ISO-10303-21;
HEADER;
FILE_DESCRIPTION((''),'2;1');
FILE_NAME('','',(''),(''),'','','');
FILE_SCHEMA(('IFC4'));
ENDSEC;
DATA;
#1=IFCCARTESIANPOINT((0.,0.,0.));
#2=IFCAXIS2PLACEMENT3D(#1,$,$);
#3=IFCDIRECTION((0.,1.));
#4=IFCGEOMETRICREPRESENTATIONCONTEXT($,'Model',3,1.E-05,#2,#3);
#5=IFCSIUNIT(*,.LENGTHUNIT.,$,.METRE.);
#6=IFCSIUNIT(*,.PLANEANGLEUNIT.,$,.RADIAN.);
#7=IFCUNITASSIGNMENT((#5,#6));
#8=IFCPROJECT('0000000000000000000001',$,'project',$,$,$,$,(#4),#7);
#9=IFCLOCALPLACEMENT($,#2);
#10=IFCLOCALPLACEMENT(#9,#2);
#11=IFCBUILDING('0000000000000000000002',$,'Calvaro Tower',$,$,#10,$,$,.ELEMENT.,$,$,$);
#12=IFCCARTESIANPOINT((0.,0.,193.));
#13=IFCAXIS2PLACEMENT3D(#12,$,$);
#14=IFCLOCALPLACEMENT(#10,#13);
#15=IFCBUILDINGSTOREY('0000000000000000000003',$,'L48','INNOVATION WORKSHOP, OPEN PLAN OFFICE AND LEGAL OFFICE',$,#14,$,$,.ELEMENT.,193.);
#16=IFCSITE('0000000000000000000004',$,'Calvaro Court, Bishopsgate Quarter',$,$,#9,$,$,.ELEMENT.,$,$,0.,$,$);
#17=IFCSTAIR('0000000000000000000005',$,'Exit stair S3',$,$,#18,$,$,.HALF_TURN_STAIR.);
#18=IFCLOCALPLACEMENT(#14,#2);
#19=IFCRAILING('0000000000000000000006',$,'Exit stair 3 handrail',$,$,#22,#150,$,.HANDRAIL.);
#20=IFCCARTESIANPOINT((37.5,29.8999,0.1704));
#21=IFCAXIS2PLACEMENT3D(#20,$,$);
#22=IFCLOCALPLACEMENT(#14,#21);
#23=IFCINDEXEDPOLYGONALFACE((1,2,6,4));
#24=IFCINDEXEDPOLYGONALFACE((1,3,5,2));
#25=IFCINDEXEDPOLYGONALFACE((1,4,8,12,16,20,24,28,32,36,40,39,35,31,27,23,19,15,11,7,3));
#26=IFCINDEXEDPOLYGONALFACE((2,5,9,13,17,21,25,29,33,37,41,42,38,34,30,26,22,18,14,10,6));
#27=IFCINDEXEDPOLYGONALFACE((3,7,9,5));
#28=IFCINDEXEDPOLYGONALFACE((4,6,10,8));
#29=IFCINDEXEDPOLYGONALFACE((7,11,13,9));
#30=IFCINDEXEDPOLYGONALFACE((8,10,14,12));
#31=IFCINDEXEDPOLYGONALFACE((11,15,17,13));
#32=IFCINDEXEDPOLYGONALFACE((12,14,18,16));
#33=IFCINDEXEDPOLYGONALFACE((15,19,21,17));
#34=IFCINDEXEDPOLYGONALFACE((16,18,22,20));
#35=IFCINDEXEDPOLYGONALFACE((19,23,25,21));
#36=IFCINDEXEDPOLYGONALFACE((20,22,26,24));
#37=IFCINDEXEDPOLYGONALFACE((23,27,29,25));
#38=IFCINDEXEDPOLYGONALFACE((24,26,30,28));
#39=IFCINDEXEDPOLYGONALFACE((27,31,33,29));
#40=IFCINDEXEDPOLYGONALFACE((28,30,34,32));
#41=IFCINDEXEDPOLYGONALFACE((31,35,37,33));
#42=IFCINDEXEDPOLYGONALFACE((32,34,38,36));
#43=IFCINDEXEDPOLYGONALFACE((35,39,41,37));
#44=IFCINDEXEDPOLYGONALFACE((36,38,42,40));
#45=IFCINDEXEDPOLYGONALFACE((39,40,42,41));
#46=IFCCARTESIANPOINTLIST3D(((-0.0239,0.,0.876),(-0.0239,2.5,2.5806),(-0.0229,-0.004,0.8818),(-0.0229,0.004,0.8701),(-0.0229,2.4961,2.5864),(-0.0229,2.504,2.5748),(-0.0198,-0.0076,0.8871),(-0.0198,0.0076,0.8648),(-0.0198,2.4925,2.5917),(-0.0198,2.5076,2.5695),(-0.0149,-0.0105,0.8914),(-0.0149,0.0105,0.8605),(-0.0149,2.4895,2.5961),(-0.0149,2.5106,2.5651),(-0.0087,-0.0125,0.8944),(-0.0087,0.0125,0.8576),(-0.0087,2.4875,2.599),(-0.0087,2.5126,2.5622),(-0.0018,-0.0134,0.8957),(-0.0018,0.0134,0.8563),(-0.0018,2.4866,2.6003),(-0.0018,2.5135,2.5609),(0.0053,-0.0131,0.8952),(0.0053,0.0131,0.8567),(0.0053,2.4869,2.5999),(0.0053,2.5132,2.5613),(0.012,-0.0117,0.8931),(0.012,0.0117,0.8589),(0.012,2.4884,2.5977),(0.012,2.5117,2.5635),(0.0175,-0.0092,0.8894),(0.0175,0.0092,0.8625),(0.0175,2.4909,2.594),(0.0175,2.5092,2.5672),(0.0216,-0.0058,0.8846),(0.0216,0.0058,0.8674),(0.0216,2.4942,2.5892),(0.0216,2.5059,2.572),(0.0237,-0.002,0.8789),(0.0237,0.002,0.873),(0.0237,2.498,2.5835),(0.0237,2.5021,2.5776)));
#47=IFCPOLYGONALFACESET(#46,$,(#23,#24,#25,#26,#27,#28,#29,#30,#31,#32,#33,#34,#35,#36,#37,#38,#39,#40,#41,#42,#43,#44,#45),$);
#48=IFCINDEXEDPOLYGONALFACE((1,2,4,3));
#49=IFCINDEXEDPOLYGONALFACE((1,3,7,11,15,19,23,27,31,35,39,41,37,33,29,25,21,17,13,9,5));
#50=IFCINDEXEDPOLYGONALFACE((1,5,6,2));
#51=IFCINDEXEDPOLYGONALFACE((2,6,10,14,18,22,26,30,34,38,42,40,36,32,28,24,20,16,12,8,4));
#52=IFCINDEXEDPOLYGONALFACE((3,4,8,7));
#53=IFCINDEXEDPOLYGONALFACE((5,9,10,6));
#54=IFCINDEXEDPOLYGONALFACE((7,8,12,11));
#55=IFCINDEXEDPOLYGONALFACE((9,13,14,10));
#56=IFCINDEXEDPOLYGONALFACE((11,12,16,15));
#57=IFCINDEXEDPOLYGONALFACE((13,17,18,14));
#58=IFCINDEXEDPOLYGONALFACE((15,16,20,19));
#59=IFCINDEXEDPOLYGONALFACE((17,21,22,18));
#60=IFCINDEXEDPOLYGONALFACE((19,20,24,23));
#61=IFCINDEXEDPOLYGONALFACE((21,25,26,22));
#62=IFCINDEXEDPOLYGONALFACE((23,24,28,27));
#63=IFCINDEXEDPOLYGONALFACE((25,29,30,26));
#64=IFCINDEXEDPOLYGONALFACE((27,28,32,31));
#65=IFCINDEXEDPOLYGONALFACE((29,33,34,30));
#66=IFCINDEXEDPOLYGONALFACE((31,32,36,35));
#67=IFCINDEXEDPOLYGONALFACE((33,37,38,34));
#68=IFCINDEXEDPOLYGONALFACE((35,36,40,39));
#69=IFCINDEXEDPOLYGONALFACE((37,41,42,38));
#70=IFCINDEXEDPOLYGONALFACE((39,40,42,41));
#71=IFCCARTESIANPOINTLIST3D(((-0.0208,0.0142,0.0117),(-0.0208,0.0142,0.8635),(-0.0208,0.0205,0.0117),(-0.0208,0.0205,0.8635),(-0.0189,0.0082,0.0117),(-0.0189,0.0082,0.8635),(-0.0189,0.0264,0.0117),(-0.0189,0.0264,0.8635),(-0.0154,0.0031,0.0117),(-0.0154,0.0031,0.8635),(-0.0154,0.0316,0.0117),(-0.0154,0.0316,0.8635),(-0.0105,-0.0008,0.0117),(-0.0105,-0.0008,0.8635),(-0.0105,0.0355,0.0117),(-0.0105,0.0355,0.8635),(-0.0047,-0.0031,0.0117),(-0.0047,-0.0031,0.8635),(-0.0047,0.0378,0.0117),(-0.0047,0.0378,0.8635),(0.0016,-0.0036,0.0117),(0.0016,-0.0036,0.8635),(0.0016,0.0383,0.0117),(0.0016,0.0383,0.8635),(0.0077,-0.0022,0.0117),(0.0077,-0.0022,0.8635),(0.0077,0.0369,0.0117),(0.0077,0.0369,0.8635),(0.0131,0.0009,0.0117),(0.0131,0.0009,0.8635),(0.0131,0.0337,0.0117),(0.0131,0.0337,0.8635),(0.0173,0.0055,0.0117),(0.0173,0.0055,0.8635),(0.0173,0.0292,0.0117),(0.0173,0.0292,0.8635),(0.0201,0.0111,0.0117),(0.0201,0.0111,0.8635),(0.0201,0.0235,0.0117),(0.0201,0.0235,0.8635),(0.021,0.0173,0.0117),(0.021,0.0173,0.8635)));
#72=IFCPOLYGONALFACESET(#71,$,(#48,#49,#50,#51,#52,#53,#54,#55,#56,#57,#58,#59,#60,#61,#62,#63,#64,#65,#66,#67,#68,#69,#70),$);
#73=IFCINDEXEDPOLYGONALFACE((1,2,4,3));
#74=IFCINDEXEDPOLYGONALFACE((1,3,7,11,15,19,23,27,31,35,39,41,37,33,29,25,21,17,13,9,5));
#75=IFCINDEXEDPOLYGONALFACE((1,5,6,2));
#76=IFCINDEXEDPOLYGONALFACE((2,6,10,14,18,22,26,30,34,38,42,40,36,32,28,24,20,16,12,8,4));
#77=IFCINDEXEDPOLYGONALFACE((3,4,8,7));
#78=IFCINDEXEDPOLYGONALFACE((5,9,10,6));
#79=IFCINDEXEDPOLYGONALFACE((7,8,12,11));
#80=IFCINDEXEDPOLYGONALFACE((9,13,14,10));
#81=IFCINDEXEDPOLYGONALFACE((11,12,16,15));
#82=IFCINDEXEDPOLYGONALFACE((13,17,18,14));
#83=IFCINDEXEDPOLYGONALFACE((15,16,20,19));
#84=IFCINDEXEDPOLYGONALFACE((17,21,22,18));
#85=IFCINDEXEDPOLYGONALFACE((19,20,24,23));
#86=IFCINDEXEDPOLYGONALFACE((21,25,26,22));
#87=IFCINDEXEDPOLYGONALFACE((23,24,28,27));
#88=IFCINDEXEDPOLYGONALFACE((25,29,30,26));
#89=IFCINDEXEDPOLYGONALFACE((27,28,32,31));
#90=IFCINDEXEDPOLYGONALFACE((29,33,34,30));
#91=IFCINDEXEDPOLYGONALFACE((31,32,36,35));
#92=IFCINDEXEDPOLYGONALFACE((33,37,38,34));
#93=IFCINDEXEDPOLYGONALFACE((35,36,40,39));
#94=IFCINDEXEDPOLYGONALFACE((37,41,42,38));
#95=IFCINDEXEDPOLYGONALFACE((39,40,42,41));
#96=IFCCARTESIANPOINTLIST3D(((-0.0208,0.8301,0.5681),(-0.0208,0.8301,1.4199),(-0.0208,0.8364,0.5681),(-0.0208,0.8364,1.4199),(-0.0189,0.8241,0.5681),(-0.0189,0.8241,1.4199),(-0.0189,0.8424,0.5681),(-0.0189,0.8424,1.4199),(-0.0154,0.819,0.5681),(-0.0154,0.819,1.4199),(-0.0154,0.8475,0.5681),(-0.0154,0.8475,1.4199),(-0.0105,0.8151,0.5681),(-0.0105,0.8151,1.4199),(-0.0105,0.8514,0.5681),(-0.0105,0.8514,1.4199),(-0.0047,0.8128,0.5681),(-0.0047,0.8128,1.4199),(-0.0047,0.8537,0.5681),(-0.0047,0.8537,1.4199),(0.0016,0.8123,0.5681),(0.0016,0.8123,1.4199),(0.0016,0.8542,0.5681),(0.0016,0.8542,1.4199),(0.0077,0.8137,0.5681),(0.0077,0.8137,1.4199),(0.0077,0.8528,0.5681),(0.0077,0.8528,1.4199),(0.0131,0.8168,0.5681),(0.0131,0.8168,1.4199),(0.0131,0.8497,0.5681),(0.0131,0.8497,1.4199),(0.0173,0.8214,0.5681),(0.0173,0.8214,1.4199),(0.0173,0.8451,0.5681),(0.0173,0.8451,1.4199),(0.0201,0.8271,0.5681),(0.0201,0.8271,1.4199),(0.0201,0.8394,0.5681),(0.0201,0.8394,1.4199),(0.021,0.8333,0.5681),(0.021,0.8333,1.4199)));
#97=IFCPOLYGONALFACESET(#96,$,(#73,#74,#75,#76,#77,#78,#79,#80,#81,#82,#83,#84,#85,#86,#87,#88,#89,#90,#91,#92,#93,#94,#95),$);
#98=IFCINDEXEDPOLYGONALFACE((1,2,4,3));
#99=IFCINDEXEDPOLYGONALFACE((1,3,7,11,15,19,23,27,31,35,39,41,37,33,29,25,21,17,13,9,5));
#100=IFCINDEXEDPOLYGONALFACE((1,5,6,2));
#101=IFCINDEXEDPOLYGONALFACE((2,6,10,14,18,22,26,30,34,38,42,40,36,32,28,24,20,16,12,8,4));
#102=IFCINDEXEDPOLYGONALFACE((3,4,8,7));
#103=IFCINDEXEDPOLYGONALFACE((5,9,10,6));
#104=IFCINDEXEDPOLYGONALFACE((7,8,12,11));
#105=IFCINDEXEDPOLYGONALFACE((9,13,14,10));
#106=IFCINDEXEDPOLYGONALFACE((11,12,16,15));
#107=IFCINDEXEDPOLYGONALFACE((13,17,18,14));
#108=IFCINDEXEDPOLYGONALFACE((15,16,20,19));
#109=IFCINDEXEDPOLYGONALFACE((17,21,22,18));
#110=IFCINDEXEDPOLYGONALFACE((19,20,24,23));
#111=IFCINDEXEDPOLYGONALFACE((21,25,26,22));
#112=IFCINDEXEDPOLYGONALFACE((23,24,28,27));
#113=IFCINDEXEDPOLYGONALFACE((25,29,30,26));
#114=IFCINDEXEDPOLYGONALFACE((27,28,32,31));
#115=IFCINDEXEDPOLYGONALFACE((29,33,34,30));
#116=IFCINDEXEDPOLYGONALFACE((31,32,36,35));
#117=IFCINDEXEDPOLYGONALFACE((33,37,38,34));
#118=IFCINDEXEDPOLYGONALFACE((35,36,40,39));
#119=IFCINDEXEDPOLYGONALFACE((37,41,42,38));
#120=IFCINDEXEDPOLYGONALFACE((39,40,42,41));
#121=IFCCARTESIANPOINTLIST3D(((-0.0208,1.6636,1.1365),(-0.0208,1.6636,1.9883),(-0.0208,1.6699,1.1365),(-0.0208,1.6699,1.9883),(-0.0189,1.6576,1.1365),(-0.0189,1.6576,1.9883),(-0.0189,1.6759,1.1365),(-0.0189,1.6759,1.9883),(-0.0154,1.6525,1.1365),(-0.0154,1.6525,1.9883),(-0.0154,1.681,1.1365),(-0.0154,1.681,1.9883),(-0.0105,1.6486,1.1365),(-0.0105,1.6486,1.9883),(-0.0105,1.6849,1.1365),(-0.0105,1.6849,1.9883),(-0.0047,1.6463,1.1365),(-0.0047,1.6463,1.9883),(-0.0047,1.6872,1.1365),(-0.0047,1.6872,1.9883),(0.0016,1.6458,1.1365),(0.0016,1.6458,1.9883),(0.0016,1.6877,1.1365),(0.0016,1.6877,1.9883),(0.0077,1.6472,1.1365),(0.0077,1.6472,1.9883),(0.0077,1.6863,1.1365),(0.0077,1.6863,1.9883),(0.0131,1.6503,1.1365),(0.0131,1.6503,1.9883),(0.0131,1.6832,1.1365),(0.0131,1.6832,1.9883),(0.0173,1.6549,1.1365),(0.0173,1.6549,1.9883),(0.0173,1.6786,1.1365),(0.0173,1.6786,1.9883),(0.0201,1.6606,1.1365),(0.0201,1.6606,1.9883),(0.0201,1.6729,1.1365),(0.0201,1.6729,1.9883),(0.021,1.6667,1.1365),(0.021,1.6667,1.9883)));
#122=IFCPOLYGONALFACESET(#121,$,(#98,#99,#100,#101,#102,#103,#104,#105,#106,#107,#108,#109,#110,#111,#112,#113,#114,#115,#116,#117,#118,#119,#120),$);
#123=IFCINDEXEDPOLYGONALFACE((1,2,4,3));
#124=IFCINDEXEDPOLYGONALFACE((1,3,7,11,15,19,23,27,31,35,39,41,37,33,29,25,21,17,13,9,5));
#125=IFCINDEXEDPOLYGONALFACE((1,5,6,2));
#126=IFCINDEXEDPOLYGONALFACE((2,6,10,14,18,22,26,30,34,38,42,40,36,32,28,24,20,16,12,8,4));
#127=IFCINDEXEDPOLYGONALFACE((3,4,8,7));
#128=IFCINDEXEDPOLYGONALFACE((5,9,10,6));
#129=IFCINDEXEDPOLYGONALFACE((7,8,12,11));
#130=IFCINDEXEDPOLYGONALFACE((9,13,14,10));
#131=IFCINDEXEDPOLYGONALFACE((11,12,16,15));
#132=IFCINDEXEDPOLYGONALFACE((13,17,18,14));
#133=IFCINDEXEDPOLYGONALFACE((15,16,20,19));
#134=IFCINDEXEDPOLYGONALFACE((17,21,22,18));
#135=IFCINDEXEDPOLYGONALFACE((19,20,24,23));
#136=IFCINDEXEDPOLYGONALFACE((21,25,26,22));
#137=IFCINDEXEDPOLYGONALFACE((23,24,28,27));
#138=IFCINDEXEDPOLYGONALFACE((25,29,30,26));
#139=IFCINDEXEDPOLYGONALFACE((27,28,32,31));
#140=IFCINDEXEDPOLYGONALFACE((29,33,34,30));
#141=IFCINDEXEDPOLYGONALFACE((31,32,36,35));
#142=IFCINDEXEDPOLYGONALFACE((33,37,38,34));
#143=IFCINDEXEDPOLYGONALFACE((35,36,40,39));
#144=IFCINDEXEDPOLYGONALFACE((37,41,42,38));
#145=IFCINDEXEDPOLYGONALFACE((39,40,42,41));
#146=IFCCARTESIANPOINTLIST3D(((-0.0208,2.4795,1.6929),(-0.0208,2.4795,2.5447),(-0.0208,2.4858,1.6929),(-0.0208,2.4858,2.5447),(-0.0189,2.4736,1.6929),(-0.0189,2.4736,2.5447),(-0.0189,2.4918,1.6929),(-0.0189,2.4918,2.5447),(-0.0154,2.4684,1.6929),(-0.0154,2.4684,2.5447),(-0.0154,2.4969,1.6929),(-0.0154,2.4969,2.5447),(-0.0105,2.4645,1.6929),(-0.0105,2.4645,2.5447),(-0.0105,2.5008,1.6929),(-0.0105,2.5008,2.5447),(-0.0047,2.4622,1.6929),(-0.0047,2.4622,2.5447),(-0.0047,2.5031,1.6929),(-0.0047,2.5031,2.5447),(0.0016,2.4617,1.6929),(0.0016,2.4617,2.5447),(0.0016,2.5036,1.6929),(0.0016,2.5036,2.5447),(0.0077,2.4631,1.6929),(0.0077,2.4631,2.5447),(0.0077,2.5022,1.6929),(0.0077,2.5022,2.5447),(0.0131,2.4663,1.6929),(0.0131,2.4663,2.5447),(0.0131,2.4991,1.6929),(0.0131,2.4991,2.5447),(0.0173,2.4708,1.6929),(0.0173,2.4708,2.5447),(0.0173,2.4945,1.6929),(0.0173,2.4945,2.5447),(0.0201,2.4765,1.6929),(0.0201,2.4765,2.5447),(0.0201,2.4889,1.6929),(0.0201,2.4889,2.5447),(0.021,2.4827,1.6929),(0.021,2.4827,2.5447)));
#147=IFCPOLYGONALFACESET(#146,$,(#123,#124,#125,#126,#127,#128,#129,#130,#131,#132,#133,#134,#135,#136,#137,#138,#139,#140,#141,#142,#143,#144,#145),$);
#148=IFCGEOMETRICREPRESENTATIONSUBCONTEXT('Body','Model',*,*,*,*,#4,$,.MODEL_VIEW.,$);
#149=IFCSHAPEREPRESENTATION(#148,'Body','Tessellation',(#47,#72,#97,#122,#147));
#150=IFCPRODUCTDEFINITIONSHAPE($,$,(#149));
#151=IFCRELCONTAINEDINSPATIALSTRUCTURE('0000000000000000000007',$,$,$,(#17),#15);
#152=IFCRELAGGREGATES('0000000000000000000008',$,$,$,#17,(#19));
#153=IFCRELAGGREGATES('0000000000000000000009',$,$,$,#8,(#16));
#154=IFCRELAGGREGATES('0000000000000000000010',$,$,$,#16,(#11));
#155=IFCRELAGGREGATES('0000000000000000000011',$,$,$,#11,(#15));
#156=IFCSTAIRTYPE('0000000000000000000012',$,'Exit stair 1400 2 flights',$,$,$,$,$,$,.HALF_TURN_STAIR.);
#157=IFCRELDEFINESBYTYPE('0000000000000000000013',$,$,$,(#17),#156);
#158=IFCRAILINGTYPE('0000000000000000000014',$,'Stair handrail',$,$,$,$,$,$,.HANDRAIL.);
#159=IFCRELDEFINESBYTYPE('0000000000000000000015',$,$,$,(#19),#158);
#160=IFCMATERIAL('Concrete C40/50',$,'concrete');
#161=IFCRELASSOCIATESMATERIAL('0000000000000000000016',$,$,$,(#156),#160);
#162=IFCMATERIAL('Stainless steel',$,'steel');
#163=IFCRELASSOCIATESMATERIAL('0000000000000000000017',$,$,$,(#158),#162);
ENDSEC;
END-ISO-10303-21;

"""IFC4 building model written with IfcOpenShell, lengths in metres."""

from ifc_helpers import new_model, si_unit, direction, frame, origin, origin_2d, place, context, subcontext, project, spatial, circle, extrude, material, type_object, element, aggregate, save


model = new_model("IFC4")

# Units and contexts
model_context = context("Model", 3, precision=1e-05, world=origin(), true_north=direction((0.0, 1.0)))
body_context = subcontext(model_context, "Body", "Model", "MODEL_VIEW")
ifc_project = project(units=[si_unit("LENGTHUNIT", "METRE"), si_unit("PLANEANGLEUNIT", "RADIAN")], contexts=[model_context])

# Site, building, storey
site_placement = place(None, origin())
site = spatial("IfcSite", under=ifc_project, at=site_placement, Name="Calvaro Court, Bishopsgate Quarter", CompositionType="ELEMENT", RefElevation=0.0)
building_placement = place(site_placement, origin())
building = spatial("IfcBuilding", under=site, at=building_placement, Name="Calvaro Tower", CompositionType="ELEMENT")
storey_placement = place(building_placement, frame((0.0, 0.0, 193.0)))
storey = spatial("IfcBuildingStorey", under=building, at=storey_placement, Name="L48", Description="INNOVATION WORKSHOP, OPEN PLAN OFFICE AND LEGAL OFFICE", CompositionType="ELEMENT", Elevation=193.0)

# Stair, railing
ifc_material_1 = material(Name="Concrete C40/50", Category="concrete")
stair_type = type_object("IfcStairType", Name="Exit stair 1400 2 flights", PredefinedType="HALF_TURN_STAIR", material=ifc_material_1)
stair_placement = place(storey_placement, origin())
stair = element("IfcStair", 1, at=stair_placement, inside=storey, type_object=stair_type, Name="Exit stair S3", PredefinedType="HALF_TURN_STAIR")
ifc_material_2 = material(Name="Stainless steel", Category="steel")
railing_type = type_object("IfcRailingType", Name="Stair handrail", PredefinedType="HANDRAIL", material=ifc_material_2)
railing_1_placement = place(storey_placement, frame((37.5, 29.8999, 0.1704)))
railing_1 = element("IfcRailing", 2, at=railing_1_placement, type_object=railing_type, Name="Exit stair 3 handrail", PredefinedType="HANDRAIL", context=body_context, shape_type="SweptSolid", body=[
    extrude(circle(Radius=0.0239, at=origin_2d()), frame((0.0, 0.0, 0.876), z_axis=(0.0, 0.826221, 0.563347), x_axis=(-1.0, 0.0, 0.0)), (0.0, 0.0, 1.0), 3.0259),
    extrude(circle(Radius=0.021, at=origin_2d()), frame((0.0, 0.0173, 0.0117)), (0.0, 0.0, 1.0), 0.8518),
    extrude(circle(Radius=0.021, at=origin_2d()), frame((0.0, 0.8333, 0.5681)), (0.0, 0.0, 1.0), 0.8518),
    extrude(circle(Radius=0.021, at=origin_2d()), frame((0.0, 1.6667, 1.1365)), (0.0, 0.0, 1.0), 0.8518),
    extrude(circle(Radius=0.021, at=origin_2d()), frame((0.0, 2.4827, 1.6929)), (0.0, 0.0, 1.0), 0.8518),
])
aggregate(stair, [railing_1])

save(model, "model.ifc")
